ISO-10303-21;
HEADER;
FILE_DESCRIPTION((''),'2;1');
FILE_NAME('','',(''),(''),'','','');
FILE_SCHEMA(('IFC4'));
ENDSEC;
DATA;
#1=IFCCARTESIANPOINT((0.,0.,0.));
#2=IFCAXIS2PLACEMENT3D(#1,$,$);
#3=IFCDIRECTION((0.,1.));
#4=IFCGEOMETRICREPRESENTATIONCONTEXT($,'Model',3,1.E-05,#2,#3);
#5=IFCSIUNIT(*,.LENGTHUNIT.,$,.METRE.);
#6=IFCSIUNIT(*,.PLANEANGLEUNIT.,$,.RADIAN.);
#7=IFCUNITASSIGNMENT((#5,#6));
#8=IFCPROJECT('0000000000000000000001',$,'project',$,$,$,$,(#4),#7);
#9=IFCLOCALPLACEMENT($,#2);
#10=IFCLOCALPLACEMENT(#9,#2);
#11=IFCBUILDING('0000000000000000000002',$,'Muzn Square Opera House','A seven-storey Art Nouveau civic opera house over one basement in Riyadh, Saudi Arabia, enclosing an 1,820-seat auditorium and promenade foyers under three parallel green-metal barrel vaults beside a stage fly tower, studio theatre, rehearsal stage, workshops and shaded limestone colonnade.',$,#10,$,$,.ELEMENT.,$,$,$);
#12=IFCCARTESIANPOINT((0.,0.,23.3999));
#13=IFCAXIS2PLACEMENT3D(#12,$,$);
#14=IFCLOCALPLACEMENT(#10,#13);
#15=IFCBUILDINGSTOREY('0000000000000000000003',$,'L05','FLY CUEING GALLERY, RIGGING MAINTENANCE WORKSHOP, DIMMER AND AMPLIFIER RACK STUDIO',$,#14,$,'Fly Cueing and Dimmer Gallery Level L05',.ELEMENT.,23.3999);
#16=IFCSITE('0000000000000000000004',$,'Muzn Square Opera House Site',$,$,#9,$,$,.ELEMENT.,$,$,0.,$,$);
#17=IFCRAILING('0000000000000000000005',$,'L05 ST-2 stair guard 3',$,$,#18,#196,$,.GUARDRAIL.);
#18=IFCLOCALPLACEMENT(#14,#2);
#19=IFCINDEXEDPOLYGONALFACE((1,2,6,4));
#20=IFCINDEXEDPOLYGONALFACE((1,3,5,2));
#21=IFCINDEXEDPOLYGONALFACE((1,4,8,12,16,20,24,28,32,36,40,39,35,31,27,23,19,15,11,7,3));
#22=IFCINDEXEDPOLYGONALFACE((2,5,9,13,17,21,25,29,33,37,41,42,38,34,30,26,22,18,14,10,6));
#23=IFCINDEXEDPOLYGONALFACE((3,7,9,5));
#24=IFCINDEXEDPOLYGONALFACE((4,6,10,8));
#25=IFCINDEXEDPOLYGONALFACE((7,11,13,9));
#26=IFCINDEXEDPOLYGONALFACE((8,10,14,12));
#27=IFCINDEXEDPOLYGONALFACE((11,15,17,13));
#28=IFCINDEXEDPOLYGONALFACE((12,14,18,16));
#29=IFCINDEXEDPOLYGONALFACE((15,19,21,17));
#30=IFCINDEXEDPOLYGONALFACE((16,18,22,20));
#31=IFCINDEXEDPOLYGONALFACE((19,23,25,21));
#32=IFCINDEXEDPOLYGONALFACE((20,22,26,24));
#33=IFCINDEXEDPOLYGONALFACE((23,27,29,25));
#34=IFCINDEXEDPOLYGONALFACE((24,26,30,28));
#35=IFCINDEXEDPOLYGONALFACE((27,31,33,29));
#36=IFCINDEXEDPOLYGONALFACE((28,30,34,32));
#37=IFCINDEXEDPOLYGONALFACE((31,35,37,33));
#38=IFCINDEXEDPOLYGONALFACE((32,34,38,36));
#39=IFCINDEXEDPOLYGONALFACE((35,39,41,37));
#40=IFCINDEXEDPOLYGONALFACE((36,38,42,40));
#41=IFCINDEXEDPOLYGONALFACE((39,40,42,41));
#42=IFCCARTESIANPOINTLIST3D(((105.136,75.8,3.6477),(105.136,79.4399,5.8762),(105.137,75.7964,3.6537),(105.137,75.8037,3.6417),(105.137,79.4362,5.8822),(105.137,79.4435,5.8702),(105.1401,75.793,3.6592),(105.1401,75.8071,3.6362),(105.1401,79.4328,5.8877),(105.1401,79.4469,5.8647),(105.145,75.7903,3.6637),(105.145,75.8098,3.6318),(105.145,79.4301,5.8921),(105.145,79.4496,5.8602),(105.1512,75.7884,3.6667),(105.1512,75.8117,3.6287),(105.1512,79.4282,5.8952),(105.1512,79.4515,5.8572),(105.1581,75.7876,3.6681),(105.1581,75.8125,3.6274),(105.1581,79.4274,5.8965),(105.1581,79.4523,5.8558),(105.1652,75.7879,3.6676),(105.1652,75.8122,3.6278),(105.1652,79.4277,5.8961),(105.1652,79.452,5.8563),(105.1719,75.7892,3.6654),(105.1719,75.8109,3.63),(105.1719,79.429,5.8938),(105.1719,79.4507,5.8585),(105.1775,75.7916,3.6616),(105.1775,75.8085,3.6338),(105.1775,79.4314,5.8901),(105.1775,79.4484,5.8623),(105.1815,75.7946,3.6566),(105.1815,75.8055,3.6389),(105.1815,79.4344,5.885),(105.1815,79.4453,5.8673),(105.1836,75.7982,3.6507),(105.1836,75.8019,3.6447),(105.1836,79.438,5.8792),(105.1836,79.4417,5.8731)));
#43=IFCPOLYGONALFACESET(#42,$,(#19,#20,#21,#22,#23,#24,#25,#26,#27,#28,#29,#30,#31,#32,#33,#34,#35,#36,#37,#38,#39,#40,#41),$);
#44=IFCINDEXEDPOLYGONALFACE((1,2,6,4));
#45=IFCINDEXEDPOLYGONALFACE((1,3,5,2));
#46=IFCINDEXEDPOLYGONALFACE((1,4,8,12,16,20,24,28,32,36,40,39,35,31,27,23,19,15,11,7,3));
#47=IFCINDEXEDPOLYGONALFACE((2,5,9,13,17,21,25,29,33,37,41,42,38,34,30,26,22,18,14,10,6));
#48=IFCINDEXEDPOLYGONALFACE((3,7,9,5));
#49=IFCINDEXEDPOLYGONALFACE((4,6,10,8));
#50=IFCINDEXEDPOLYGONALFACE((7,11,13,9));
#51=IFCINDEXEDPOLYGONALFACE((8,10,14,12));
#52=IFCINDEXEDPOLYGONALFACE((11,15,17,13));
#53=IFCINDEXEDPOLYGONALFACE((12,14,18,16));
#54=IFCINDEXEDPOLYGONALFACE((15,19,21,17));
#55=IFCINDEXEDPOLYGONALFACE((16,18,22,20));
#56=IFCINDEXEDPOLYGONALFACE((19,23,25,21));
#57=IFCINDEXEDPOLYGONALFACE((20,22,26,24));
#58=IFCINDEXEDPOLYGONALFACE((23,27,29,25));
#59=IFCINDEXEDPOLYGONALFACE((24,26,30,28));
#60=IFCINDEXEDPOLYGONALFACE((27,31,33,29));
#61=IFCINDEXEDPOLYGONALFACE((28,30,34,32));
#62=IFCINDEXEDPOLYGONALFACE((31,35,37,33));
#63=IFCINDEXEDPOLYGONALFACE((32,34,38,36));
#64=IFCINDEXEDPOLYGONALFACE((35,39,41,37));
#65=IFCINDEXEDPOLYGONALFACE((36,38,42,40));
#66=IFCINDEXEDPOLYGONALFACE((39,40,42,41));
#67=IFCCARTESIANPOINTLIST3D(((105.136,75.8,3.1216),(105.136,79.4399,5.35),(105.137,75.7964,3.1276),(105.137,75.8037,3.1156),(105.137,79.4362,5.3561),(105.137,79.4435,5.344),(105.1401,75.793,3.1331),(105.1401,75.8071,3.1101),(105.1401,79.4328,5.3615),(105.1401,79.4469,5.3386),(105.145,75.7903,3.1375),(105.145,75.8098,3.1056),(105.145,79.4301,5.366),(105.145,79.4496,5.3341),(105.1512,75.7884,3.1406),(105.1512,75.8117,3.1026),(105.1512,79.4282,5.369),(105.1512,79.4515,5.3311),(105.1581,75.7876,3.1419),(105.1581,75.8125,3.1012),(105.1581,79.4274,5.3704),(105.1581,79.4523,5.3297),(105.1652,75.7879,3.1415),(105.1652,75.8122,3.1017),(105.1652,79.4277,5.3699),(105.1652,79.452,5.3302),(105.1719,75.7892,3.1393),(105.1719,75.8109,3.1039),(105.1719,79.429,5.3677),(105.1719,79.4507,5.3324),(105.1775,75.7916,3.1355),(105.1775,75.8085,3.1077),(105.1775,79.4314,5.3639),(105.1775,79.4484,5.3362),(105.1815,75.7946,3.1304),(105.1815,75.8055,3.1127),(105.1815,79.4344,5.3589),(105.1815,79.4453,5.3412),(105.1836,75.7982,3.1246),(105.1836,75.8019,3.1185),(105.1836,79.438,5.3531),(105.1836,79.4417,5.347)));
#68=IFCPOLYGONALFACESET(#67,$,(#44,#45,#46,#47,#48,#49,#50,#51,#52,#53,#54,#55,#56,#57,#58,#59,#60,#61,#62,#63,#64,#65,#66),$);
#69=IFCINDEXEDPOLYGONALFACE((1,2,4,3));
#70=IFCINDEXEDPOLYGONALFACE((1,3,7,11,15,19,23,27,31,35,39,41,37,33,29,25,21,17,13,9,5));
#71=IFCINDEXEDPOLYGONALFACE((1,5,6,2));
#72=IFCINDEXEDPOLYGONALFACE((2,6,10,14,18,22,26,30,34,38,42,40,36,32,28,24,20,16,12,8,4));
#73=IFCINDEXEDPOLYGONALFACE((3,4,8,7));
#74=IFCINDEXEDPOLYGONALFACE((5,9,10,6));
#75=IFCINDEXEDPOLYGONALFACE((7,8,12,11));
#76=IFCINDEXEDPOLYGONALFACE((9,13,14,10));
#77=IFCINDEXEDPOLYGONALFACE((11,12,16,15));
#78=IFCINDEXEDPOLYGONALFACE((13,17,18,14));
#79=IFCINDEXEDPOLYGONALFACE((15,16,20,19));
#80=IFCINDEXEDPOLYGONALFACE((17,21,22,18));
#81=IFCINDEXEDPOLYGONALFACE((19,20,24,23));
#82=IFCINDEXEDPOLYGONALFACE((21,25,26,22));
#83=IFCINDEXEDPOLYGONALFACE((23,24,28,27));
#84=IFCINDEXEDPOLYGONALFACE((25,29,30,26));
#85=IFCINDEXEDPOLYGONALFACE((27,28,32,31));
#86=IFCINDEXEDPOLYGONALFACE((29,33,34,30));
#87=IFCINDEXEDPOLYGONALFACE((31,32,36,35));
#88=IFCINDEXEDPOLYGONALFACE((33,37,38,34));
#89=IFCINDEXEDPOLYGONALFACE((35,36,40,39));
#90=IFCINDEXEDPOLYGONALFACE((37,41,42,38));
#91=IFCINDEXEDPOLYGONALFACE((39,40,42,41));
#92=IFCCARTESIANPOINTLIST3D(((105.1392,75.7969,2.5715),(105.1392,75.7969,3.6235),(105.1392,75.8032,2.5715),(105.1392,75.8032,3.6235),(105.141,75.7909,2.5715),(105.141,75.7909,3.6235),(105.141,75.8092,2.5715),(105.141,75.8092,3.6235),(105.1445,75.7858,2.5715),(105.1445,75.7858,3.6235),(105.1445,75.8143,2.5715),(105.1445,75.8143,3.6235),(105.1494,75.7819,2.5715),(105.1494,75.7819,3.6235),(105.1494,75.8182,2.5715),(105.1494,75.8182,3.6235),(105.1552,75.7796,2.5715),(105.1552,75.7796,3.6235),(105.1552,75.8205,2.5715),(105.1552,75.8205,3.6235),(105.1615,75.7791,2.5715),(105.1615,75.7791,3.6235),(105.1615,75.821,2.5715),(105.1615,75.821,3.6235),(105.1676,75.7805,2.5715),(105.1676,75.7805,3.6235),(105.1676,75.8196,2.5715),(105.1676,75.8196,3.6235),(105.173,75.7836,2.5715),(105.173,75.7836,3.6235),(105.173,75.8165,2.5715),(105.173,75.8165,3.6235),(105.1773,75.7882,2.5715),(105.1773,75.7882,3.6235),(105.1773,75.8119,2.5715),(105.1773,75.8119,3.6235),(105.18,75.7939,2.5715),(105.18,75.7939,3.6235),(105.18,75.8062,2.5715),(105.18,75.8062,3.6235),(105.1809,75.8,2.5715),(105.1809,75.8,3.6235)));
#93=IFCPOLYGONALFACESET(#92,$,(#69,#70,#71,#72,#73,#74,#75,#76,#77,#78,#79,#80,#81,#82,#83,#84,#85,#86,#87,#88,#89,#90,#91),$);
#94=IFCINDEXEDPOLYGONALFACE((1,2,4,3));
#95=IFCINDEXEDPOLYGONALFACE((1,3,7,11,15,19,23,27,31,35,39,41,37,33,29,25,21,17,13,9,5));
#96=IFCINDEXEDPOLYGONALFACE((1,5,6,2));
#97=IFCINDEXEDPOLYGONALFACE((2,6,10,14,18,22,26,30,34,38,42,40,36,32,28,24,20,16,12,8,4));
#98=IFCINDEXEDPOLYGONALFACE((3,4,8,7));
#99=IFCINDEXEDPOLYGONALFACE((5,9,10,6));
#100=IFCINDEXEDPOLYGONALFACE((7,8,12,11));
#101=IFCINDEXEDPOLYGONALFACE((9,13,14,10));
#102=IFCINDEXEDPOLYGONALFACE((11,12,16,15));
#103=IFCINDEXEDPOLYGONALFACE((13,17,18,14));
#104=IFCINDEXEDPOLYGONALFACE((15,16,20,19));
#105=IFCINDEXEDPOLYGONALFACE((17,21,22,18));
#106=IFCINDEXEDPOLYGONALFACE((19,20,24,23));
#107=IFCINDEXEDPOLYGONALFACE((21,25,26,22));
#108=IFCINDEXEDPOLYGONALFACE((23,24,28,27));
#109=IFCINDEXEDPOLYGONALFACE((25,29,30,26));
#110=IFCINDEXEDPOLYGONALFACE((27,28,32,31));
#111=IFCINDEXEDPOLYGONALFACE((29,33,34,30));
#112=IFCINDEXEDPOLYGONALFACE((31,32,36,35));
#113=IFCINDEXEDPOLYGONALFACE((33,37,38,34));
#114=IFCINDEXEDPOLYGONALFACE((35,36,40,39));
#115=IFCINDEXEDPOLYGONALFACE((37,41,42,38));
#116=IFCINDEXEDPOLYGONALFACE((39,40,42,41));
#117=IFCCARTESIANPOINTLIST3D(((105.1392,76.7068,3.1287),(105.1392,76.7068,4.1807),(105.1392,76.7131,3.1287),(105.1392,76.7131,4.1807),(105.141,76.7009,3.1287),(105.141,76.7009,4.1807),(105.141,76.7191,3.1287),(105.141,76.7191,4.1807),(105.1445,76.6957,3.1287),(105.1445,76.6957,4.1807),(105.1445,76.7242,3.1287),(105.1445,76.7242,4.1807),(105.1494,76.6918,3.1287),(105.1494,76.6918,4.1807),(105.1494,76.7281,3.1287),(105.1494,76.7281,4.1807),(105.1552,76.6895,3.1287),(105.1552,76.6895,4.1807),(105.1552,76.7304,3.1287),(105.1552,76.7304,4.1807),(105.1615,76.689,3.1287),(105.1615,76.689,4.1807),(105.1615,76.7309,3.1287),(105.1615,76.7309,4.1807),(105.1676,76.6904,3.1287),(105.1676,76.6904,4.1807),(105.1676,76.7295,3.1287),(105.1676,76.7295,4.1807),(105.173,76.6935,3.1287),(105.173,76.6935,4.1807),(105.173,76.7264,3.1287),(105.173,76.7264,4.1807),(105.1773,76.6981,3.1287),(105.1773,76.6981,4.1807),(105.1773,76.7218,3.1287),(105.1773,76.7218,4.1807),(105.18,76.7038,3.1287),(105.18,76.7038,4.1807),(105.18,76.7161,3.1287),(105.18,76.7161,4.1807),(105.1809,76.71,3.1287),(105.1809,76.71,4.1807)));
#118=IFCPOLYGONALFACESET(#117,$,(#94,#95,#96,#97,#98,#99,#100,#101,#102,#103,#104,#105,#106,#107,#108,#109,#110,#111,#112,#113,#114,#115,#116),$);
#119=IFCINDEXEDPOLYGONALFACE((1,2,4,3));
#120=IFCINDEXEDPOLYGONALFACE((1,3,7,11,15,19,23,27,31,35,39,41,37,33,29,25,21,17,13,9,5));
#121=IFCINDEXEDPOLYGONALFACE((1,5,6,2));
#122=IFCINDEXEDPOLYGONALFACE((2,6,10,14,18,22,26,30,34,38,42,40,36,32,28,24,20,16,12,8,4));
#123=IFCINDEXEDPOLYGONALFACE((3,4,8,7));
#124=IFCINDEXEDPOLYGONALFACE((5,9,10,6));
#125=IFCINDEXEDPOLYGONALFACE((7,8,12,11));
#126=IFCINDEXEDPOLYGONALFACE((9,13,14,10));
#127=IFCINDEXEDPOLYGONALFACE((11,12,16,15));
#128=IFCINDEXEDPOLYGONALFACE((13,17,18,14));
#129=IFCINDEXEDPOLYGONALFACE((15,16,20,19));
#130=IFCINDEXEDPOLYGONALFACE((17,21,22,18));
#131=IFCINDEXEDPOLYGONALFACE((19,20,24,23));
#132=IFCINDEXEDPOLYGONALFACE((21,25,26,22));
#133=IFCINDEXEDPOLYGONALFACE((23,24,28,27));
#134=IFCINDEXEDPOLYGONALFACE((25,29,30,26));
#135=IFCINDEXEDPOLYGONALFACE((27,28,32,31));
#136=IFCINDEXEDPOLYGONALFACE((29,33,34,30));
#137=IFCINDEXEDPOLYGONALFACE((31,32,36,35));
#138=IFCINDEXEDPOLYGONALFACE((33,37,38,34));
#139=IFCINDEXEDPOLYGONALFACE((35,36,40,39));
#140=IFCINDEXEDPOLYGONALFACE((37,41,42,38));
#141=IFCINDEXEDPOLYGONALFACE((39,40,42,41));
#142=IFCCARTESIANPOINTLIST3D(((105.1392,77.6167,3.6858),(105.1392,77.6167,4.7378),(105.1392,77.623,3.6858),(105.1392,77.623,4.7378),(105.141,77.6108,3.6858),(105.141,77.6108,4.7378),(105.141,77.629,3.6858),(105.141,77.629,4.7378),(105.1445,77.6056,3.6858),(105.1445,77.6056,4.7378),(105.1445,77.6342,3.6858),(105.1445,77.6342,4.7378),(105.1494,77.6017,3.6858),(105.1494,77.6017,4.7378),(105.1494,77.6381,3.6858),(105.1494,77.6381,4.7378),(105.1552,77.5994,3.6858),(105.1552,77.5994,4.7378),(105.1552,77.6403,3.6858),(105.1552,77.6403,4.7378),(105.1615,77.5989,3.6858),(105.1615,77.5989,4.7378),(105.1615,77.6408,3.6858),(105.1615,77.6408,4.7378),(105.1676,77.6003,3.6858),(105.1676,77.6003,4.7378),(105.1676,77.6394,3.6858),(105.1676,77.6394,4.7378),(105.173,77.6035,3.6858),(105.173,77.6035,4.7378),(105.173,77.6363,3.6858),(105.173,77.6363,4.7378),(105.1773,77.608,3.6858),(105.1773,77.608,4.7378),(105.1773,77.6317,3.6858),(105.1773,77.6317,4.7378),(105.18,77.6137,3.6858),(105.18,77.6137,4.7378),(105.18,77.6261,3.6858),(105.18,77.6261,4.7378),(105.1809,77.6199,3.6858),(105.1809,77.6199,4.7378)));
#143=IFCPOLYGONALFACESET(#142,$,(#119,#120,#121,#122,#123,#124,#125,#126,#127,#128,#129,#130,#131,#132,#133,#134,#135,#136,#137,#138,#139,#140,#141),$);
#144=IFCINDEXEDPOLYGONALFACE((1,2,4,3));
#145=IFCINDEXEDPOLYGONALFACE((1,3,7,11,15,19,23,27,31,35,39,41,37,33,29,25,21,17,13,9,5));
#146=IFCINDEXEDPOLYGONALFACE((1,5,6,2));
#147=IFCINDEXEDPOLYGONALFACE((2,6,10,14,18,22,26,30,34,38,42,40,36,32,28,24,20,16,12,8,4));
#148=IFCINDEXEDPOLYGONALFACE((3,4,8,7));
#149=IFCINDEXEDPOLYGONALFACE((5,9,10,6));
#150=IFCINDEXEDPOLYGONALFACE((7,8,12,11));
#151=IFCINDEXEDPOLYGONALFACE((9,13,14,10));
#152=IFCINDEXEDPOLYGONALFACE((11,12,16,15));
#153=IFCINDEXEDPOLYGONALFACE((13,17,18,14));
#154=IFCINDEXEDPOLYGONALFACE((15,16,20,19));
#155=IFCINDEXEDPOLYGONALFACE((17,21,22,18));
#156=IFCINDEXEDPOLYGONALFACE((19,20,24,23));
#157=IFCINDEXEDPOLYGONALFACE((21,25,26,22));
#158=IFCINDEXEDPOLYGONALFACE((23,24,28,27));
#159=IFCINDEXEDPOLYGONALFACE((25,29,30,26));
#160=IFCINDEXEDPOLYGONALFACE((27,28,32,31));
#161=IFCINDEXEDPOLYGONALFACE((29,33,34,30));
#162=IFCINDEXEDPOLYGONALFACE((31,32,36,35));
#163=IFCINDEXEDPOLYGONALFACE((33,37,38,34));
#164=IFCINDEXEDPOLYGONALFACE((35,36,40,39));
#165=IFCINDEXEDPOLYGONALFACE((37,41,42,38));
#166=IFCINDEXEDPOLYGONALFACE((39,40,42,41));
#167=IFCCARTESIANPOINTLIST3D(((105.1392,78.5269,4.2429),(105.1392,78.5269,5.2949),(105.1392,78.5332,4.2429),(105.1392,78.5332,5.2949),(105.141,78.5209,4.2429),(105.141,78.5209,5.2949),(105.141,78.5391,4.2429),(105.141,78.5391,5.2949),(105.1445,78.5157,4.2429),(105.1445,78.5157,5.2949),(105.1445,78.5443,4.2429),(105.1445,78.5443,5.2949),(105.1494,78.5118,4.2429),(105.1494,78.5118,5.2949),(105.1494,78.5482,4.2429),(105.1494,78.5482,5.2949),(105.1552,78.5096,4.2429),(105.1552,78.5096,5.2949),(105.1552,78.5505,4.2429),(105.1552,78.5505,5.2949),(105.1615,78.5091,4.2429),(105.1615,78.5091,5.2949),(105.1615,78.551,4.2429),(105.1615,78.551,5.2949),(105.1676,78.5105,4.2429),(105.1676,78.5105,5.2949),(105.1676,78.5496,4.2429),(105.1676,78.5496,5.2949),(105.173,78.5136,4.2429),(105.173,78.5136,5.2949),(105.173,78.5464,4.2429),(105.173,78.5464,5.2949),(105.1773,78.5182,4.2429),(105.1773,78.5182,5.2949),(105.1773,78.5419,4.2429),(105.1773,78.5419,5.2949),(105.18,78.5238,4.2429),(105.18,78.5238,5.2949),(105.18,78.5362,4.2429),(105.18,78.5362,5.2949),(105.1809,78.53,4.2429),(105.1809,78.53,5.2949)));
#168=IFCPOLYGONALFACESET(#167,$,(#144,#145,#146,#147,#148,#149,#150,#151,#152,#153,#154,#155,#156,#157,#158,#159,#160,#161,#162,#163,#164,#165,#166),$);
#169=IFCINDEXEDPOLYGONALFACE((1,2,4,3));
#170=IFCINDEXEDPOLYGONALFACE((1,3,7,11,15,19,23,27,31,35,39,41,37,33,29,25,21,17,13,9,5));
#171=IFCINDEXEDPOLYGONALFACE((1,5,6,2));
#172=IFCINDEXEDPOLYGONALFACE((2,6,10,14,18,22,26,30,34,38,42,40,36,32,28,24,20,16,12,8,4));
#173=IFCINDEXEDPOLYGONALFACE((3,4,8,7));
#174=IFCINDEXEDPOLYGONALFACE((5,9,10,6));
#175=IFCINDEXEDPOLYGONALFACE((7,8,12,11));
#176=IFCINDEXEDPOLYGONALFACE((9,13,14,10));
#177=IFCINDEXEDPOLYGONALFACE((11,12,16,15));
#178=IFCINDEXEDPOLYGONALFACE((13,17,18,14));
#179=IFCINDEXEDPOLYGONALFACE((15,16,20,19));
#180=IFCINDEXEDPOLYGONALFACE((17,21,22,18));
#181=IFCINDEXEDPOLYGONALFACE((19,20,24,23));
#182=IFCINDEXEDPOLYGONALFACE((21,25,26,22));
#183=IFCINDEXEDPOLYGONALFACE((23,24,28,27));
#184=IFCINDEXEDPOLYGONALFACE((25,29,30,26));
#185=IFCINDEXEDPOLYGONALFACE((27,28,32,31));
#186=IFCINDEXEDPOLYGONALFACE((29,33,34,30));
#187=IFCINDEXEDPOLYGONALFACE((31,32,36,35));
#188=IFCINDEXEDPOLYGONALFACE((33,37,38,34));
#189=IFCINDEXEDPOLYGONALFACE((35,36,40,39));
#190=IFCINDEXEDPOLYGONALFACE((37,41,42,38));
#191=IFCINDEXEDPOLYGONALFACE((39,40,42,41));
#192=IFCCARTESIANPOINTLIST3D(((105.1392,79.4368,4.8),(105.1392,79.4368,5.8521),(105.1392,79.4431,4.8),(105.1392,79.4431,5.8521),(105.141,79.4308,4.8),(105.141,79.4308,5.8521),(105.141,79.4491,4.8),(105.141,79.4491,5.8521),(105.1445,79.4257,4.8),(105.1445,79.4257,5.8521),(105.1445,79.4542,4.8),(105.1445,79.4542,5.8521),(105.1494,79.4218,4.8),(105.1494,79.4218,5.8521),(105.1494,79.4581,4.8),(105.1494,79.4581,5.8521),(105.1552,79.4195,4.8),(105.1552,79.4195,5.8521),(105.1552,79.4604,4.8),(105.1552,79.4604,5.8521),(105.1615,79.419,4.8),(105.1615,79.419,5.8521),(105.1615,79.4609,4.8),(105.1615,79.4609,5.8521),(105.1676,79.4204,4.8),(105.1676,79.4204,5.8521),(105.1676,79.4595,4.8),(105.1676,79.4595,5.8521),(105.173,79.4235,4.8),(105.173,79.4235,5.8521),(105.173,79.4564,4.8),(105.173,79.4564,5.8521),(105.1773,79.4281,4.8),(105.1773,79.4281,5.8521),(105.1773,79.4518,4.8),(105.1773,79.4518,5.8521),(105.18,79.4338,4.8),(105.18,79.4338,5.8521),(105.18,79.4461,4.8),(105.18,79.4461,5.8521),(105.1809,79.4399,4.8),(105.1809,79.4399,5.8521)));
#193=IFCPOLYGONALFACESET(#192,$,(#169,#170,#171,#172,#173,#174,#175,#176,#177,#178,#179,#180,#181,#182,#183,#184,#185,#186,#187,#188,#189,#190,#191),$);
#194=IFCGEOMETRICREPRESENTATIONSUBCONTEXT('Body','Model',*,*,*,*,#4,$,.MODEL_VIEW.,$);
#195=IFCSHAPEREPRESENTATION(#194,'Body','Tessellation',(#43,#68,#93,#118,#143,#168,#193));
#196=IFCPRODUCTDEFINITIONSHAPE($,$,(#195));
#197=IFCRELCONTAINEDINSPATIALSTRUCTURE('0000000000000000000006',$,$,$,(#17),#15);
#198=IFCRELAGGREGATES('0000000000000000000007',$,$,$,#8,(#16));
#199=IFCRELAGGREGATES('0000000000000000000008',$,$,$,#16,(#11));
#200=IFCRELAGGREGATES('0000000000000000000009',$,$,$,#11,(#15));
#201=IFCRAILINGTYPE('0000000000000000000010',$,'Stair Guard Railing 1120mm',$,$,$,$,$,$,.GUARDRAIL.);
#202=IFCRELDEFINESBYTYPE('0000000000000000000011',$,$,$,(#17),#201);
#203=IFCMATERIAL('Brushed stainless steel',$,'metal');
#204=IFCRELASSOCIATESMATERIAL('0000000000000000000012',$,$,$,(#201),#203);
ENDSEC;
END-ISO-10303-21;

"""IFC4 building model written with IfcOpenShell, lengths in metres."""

from ifc_helpers import new_model, si_unit, direction, frame, origin, origin_2d, place, context, subcontext, project, spatial, circle, extrude, material, type_object, element, save


model = new_model("IFC4")

# Units and contexts
model_context = context("Model", 3, precision=1e-05, world=origin(), true_north=direction((0.0, 1.0)))
body_context = subcontext(model_context, "Body", "Model", "MODEL_VIEW")
ifc_project = project(units=[si_unit("LENGTHUNIT", "METRE"), si_unit("PLANEANGLEUNIT", "RADIAN")], contexts=[model_context])

# Site, building, storey
site_placement = place(None, origin())
site = spatial("IfcSite", under=ifc_project, at=site_placement, Name="Muzn Square Opera House Site", CompositionType="ELEMENT", RefElevation=0.0)
building_placement = place(site_placement, origin())
building = spatial("IfcBuilding", under=site, at=building_placement, Name="Muzn Square Opera House", Description="A seven-storey Art Nouveau civic opera house over one basement in Riyadh, Saudi Arabia, enclosing an 1,820-seat auditorium and promenade foyers under three parallel green-metal barrel vaults beside a stage fly tower, studio theatre, rehearsal stage, workshops and shaded limestone colonnade.", CompositionType="ELEMENT")
storey_placement = place(building_placement, frame((0.0, 0.0, 23.3999)))
storey = spatial("IfcBuildingStorey", under=building, at=storey_placement, Name="L05", Description="FLY CUEING GALLERY, RIGGING MAINTENANCE WORKSHOP, DIMMER AND AMPLIFIER RACK STUDIO", LongName="Fly Cueing and Dimmer Gallery Level L05", CompositionType="ELEMENT", Elevation=23.3999)

# Railing
ifc_material_1 = material(Name="Brushed stainless steel", Category="metal")
railing_type_1 = type_object("IfcRailingType", Name="Stair Guard Railing 1120mm", PredefinedType="GUARDRAIL", material=ifc_material_1)
railing_1_placement = place(storey_placement, frame((105.1599, 75.8, 2.5715)))
element("IfcRailing", 1, at=railing_1_placement, inside=storey, type_object=railing_type_1, Name="L05 ST-2 stair guard 3", PredefinedType="GUARDRAIL", context=body_context, shape_type="SweptSolid", body=[
    extrude(circle(Radius=0.0239, at=origin_2d()), frame((0.0, 0.0, 1.0762), z_axis=(0.0, 0.85285, 0.522156), x_axis=(-1.0, 0.0, 0.0)), (0.0, 0.0, 1.0), 4.2678),
    extrude(circle(Radius=0.0239, at=origin_2d()), frame((0.0, 0.0, 0.55), z_axis=(0.0, 0.85285, 0.522156), x_axis=(-1.0, 0.0, 0.0)), (0.0, 0.0, 1.0), 4.2678),
    extrude(circle(Radius=0.021, at=origin_2d()), origin(), (0.0, 0.0, 1.0), 1.052),
    extrude(circle(Radius=0.021, at=origin_2d()), frame((0.0, 0.9099, 0.5571)), (0.0, 0.0, 1.0), 1.052),
    extrude(circle(Radius=0.021, at=origin_2d()), frame((0.0, 1.8198, 1.1143)), (0.0, 0.0, 1.0), 1.052),
    extrude(circle(Radius=0.021, at=origin_2d()), frame((0.0, 2.73, 1.6714)), (0.0, 0.0, 1.0), 1.052),
    extrude(circle(Radius=0.021, at=origin_2d()), frame((0.0, 3.6399, 2.2285)), (0.0, 0.0, 1.0), 1.052),
])

save(model, "model.ifc")
